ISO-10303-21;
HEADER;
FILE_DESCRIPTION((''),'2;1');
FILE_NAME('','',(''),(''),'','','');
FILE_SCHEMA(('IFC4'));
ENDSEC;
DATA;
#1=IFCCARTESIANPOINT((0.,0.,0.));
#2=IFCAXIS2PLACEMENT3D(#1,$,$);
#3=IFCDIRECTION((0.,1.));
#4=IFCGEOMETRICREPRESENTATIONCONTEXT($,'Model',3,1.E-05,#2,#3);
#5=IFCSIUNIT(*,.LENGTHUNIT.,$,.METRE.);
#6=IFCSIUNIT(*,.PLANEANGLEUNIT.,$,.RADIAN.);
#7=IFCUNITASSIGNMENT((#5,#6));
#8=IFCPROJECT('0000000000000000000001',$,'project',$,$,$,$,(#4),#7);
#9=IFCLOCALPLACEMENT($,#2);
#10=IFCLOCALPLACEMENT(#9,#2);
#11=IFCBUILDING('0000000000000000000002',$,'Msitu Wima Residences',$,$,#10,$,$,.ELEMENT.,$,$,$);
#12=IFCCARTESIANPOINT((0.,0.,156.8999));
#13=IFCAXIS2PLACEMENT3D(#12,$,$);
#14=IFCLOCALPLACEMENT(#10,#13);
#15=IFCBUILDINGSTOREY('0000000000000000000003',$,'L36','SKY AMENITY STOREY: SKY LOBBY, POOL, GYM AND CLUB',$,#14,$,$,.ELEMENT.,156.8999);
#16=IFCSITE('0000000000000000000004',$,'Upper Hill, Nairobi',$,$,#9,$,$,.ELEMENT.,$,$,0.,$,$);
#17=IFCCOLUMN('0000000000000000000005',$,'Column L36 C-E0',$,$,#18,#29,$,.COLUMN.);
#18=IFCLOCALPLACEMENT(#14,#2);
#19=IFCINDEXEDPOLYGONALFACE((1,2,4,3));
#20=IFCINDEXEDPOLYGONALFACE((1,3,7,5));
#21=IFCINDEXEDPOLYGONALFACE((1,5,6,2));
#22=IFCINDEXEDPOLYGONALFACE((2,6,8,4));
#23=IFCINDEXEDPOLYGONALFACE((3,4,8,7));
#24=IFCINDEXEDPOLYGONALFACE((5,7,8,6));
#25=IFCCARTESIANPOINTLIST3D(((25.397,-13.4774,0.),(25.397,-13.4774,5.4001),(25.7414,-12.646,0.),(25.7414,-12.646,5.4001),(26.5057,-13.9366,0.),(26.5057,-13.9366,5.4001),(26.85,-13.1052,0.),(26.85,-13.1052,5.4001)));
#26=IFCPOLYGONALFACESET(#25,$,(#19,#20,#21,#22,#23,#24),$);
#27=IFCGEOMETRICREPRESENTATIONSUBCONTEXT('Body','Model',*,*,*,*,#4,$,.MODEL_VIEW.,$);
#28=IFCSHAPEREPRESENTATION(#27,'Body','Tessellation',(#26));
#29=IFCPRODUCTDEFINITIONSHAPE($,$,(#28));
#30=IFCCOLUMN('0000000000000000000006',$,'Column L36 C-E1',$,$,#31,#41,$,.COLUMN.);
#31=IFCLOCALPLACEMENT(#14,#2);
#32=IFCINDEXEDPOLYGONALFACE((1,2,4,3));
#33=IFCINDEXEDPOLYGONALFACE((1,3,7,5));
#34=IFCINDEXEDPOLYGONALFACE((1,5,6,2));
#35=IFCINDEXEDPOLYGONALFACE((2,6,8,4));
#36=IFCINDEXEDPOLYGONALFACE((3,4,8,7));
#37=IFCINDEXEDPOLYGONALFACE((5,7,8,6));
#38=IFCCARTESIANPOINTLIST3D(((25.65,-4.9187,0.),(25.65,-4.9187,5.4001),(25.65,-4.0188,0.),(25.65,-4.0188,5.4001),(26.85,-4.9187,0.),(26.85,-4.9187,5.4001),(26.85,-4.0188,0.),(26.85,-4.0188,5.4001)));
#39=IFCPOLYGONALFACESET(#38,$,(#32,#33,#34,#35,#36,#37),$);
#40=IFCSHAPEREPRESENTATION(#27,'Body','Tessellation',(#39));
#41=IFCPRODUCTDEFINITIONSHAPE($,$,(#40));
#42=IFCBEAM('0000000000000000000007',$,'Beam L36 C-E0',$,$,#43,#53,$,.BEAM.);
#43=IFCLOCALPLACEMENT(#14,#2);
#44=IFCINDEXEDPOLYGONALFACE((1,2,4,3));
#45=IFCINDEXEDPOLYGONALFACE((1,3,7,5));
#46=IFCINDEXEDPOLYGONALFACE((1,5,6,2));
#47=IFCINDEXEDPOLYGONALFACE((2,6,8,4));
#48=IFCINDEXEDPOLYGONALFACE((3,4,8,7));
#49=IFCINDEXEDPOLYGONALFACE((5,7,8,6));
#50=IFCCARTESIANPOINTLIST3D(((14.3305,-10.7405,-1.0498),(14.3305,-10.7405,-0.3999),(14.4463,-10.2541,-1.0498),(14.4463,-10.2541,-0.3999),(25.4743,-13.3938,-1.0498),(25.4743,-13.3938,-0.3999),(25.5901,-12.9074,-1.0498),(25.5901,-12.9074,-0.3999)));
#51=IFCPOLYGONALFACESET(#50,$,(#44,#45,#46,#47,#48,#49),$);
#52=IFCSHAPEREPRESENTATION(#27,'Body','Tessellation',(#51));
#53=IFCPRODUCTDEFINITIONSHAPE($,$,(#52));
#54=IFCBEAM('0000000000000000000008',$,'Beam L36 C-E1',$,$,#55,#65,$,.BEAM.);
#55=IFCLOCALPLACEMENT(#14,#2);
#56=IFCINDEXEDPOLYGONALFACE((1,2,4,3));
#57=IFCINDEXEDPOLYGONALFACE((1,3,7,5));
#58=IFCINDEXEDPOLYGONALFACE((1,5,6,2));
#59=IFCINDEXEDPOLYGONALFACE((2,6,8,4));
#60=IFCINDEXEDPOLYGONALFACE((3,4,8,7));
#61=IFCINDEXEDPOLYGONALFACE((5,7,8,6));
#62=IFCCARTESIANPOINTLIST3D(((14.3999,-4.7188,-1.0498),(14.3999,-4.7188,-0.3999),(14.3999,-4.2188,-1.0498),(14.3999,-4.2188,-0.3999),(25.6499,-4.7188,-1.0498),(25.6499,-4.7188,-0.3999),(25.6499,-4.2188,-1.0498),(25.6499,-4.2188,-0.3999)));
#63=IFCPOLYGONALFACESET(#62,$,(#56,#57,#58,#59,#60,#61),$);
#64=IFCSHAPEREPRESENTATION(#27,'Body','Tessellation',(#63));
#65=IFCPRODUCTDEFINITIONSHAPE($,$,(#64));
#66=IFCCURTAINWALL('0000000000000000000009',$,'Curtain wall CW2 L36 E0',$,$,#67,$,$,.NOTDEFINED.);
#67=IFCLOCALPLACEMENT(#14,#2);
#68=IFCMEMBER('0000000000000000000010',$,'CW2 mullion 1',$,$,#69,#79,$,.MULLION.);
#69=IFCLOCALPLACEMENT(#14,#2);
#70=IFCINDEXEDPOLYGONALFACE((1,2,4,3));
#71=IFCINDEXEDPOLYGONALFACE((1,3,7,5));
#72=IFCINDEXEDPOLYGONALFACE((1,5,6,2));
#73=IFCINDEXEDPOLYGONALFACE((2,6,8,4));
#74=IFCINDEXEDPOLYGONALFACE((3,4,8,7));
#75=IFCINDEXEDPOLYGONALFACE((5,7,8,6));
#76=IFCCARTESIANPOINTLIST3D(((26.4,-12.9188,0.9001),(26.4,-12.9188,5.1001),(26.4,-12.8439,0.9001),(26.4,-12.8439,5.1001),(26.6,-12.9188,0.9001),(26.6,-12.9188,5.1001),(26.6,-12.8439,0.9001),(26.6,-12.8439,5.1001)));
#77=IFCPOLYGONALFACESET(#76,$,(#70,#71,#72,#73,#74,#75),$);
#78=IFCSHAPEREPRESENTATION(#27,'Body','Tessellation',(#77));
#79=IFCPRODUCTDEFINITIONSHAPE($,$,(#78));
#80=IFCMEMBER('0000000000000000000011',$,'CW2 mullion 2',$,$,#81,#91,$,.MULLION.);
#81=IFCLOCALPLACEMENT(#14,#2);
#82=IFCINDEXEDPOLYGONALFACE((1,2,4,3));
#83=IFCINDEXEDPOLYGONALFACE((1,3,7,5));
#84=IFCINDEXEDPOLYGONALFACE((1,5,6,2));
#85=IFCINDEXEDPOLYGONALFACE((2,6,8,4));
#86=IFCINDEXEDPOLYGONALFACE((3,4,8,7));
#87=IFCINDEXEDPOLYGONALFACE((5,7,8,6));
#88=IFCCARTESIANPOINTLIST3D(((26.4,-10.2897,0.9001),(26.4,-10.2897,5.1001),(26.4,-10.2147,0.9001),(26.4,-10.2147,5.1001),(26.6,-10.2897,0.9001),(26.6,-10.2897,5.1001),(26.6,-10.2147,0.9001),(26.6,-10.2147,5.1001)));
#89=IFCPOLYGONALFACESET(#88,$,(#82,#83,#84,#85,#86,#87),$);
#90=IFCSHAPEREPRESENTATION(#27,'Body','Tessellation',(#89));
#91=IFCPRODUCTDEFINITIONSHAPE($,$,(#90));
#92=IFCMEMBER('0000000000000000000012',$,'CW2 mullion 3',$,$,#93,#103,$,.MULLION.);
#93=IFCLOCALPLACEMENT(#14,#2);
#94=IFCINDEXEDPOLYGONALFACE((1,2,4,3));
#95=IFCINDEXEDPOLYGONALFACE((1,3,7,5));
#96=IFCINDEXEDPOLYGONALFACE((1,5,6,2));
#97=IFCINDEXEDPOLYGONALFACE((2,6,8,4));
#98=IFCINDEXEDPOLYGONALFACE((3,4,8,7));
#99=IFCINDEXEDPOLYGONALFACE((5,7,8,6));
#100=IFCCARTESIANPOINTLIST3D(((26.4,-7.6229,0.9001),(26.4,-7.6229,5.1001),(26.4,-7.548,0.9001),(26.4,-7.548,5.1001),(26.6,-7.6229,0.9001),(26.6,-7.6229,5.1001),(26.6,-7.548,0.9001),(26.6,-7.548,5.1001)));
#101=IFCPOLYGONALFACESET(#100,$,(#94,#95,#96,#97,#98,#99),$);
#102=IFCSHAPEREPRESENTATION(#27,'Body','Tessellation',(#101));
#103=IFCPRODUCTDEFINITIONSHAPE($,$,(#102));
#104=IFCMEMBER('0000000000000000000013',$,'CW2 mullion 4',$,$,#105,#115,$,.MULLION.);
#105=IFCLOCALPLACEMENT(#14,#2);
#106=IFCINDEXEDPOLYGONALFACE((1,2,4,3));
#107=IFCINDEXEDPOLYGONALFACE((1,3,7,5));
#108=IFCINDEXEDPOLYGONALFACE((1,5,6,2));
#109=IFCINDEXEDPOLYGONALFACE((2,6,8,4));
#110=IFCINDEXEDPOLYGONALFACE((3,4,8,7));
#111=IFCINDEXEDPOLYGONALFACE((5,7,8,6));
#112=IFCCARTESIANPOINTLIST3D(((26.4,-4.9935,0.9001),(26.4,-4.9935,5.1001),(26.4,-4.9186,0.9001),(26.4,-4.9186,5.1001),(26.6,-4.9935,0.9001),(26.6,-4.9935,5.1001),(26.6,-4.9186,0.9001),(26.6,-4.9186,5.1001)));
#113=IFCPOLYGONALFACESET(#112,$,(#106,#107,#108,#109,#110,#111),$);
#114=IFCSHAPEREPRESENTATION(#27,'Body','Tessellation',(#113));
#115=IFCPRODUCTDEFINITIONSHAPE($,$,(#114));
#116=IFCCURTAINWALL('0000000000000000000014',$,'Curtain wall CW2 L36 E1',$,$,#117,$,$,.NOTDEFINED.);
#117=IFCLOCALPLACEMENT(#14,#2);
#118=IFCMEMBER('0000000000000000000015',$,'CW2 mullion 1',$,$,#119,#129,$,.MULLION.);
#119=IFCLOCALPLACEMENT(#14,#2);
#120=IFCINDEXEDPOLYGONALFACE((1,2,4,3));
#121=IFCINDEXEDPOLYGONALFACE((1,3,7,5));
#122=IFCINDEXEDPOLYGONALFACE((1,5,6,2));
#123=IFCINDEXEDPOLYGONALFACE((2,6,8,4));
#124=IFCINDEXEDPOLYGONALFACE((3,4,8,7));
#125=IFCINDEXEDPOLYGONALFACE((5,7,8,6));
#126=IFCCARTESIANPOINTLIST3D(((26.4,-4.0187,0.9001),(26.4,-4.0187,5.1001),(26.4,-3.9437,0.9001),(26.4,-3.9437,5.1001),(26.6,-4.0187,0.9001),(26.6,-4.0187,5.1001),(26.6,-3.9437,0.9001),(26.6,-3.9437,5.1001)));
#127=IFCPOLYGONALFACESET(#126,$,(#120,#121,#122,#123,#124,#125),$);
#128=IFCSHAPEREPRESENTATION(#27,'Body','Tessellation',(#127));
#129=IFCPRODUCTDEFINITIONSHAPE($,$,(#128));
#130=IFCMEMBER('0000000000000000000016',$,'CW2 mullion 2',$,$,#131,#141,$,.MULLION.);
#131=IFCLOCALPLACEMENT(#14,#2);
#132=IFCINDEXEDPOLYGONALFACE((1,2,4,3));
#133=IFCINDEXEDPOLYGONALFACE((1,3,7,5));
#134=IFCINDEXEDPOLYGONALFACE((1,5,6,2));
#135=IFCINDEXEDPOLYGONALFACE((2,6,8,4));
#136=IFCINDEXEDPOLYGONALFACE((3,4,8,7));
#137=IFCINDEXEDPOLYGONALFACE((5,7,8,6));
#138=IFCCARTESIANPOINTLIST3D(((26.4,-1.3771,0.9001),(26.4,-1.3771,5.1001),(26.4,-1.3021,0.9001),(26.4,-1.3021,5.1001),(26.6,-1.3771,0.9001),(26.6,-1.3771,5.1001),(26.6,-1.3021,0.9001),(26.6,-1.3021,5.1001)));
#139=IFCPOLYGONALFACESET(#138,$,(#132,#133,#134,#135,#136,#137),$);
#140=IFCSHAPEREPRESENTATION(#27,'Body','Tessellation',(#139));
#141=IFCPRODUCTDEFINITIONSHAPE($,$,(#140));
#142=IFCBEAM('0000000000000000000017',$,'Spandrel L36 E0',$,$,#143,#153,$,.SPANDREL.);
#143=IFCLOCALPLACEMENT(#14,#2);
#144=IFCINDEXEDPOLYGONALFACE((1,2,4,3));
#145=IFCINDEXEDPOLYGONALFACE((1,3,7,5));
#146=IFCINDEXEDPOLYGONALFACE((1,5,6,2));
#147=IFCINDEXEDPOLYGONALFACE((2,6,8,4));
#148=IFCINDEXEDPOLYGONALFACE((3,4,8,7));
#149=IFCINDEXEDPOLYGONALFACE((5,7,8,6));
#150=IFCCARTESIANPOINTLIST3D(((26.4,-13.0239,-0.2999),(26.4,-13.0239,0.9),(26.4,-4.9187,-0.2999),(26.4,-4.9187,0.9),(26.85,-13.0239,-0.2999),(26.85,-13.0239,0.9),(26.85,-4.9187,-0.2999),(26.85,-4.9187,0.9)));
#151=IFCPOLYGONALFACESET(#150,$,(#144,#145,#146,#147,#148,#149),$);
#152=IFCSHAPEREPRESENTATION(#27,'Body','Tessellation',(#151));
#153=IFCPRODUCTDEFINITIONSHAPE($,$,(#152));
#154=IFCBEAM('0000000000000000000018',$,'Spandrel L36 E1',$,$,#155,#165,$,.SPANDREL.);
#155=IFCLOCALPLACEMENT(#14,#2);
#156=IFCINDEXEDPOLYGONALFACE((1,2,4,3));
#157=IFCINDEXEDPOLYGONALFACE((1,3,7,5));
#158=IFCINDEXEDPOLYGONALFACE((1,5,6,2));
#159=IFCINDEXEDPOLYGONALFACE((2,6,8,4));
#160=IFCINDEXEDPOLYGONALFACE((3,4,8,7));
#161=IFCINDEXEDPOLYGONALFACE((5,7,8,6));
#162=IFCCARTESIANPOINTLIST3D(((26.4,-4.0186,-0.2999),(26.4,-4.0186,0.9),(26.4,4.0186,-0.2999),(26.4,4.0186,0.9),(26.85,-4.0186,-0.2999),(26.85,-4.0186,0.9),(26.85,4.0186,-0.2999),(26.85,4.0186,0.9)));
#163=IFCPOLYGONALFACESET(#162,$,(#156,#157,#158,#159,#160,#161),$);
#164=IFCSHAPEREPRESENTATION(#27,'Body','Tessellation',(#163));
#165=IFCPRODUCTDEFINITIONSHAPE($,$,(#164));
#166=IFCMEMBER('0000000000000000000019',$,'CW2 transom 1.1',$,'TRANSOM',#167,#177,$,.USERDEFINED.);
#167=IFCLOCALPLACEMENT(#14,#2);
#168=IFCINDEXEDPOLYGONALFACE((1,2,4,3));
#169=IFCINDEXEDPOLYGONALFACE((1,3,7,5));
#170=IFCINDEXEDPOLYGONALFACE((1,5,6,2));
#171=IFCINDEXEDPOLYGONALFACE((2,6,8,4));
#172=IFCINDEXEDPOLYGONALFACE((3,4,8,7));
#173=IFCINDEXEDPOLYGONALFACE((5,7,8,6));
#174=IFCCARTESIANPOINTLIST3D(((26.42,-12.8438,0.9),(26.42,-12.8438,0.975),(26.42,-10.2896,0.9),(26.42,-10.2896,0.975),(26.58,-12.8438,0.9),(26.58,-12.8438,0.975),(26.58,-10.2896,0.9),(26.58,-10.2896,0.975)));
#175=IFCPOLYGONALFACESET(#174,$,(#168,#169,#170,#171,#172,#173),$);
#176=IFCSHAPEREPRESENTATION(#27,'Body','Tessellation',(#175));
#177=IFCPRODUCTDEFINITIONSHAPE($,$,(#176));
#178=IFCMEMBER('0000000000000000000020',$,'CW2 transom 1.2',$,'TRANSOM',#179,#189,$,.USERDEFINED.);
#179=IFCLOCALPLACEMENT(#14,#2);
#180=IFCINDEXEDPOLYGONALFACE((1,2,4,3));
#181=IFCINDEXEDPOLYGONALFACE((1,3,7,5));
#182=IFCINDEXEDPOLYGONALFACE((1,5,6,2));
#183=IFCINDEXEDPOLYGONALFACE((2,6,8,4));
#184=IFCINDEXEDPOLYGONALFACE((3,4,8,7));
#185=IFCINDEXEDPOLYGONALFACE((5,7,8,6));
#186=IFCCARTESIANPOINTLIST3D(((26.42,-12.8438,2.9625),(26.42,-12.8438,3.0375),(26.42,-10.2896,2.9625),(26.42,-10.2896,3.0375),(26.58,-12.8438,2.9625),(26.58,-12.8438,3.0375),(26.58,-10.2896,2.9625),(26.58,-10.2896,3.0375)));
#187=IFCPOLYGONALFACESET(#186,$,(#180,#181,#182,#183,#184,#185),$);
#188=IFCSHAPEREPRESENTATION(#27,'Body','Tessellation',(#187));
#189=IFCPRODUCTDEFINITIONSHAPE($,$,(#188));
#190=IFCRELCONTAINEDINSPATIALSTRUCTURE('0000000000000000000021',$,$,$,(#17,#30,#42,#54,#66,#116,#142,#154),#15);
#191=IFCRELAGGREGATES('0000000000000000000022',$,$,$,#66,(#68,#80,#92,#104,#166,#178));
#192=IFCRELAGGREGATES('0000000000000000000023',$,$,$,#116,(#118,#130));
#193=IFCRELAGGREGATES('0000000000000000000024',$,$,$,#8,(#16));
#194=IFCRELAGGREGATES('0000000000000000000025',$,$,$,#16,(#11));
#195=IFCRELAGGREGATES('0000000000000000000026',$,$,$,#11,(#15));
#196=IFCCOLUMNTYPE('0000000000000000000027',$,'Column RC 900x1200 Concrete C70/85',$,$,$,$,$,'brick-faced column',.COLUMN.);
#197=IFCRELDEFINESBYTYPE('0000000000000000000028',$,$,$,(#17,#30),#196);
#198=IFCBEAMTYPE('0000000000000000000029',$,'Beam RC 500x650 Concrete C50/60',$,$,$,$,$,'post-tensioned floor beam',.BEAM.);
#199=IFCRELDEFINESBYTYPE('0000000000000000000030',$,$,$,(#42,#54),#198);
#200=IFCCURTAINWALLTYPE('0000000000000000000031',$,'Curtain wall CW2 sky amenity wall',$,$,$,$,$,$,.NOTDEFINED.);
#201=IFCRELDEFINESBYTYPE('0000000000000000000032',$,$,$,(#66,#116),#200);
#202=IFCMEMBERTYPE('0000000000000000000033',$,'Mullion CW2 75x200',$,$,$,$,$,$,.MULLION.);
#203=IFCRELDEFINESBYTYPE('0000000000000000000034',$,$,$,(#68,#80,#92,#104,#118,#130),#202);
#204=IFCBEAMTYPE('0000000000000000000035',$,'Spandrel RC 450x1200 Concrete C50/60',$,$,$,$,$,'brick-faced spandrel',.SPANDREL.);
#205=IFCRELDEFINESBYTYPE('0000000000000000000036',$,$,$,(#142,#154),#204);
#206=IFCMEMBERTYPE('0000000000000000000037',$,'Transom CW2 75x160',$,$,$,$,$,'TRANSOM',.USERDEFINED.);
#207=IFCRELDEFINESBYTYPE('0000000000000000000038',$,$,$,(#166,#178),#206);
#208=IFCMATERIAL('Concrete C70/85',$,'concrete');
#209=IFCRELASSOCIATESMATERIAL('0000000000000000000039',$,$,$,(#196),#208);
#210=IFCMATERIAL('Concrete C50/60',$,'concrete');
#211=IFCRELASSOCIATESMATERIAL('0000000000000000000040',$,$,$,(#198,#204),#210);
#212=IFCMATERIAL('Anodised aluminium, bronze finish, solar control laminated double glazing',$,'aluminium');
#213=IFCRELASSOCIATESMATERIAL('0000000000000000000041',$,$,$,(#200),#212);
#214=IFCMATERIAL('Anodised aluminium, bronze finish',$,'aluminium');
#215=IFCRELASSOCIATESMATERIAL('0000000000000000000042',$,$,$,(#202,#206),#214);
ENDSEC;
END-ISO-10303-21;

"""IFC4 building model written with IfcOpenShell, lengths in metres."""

from ifc_helpers import new_model, si_unit, direction, frame, origin, origin_2d, place, context, subcontext, project, spatial, rectangle, extrude, material, material_profile, profile_set, type_object, element, aggregate, save


model = new_model("IFC4")

# Units and contexts
model_context = context("Model", 3, precision=1e-05, world=origin(), true_north=direction((0.0, 1.0)))
body_context = subcontext(model_context, "Body", "Model", "MODEL_VIEW")
ifc_project = project(units=[si_unit("LENGTHUNIT", "METRE"), si_unit("PLANEANGLEUNIT", "RADIAN")], contexts=[model_context])

# Site, building, storey
site_placement = place(None, origin())
site = spatial("IfcSite", under=ifc_project, at=site_placement, Name="Upper Hill, Nairobi", CompositionType="ELEMENT", RefElevation=0.0)
building_placement = place(site_placement, origin())
building = spatial("IfcBuilding", under=site, at=building_placement, Name="Msitu Wima Residences", CompositionType="ELEMENT")
storey_placement = place(building_placement, frame((0.0, 0.0, 156.8999)))
storey = spatial("IfcBuildingStorey", under=building, at=storey_placement, Name="L36", Description="SKY AMENITY STOREY: SKY LOBBY, POOL, GYM AND CLUB", CompositionType="ELEMENT", Elevation=156.8999)

# Columns
ifc_material_1 = material(Name="Concrete C70/85", Category="concrete")
ifc_material_profile_1 = material_profile(ifc_material_1, rectangle(XDim=0.8999, YDim=1.2, at=origin_2d()), Name="RC 900x1200")
ifc_profile_set_1 = profile_set([ifc_material_profile_1], Name="Concrete C70/85")
column_type = type_object("IfcColumnType", Name="Column RC 900x1200 Concrete C70/85", ElementType="brick-faced column", PredefinedType="COLUMN", material=ifc_profile_set_1)
for number, where, z_axis, x_axis, name in (
    (1, (26.1235, -13.2913, 0.0), (0.0, 0.0, 1.0), (0.382683, 0.92388, 0.0), "Column L36 C-E0"),
    (2, (26.25, -4.4688, 0.0), (0.0, 0.0, 1.0), (0.0, 1.0, 0.0), "Column L36 C-E1"),
):
    element("IfcColumn", number, at=place(storey_placement, frame(where, z_axis=z_axis, x_axis=x_axis)), inside=storey, type_object=column_type, Name=name, PredefinedType="COLUMN", context=body_context, shape_type="SweptSolid", body=[
        extrude(rectangle(XDim=0.8999, YDim=1.2, at=origin_2d()), origin(), (0.0, 0.0, 1.0), 5.4001),
    ])

# Beams
ifc_material_2 = material(Name="Concrete C50/60", Category="concrete")
ifc_material_profile_2 = material_profile(ifc_material_2, rectangle(XDim=0.5, YDim=0.6499, at=origin_2d()), Name="RC 500x650")
ifc_profile_set_2 = profile_set([ifc_material_profile_2], Name="Concrete C50/60")
beam_type_1 = type_object("IfcBeamType", Name="Beam RC 500x650 Concrete C50/60", ElementType="post-tensioned floor beam", PredefinedType="BEAM", material=ifc_profile_set_2)
beam_1_placement = place(storey_placement, frame((25.5322, -13.1506, -0.7249), z_axis=(-0.972806, 0.231623, 0.0), x_axis=(-0.231623, -0.972806, 0.0)))
element("IfcBeam", 3, at=beam_1_placement, inside=storey, type_object=beam_type_1, Name="Beam L36 C-E0", PredefinedType="BEAM", context=body_context, shape_type="SweptSolid", body=[
    extrude(rectangle(XDim=0.5, YDim=0.6499, at=origin_2d()), origin(), (0.0, 0.0, 1.0), 11.4553),
])
beam_2_placement = place(storey_placement, frame((25.6499, -4.4688, -0.7249), z_axis=(-1.0, 0.0, 0.0), x_axis=(0.0, -1.0, 0.0)))
element("IfcBeam", 4, at=beam_2_placement, inside=storey, type_object=beam_type_1, Name="Beam L36 C-E1", PredefinedType="BEAM", context=body_context, shape_type="SweptSolid", body=[
    extrude(rectangle(XDim=0.5, YDim=0.6499, at=origin_2d()), origin(), (0.0, 0.0, 1.0), 11.25),
])

# Curtain walls, members
ifc_material_3 = material(Name="Anodised aluminium, bronze finish, solar control laminated double glazing", Category="aluminium")
curtain_wall_type = type_object("IfcCurtainWallType", Name="Curtain wall CW2 sky amenity wall", PredefinedType="NOTDEFINED", material=ifc_material_3)
curtain_wall_1_placement = place(storey_placement, origin())
curtain_wall_1 = element("IfcCurtainWall", 5, at=curtain_wall_1_placement, inside=storey, type_object=curtain_wall_type, Name="Curtain wall CW2 L36 E0", PredefinedType="NOTDEFINED")
ifc_material_4 = material(Name="Anodised aluminium, bronze finish", Category="aluminium")
ifc_material_profile_3 = material_profile(ifc_material_4, rectangle(XDim=0.2, YDim=0.075, at=origin_2d()), Name="Mullion 75x200")
ifc_profile_set_3 = profile_set([ifc_material_profile_3], Name="Anodised aluminium, bronze finish")
member_type_1 = type_object("IfcMemberType", Name="Mullion CW2 75x200", PredefinedType="MULLION", material=ifc_profile_set_3)
member_1_placement = place(storey_placement, frame((26.5, -12.8813, 0.9001), z_axis=(0.0, 0.0, 1.0), x_axis=(-1.0, 0.0, 0.0)))
member_1 = element("IfcMember", 6, at=member_1_placement, type_object=member_type_1, Name="CW2 mullion 1", PredefinedType="MULLION", context=body_context, shape_type="SweptSolid", body=[
    extrude(rectangle(XDim=0.2, YDim=0.075, at=origin_2d()), origin(), (0.0, 0.0, 1.0), 4.2),
])
member_2_placement = place(storey_placement, frame((26.5, -10.2522, 0.9001), z_axis=(0.0, 0.0, 1.0), x_axis=(-1.0, 0.0, 0.0)))
member_2 = element("IfcMember", 7, at=member_2_placement, type_object=member_type_1, Name="CW2 mullion 2", PredefinedType="MULLION", context=body_context, shape_type="SweptSolid", body=[
    extrude(rectangle(XDim=0.2, YDim=0.075, at=origin_2d()), origin(), (0.0, 0.0, 1.0), 4.2),
])
member_3_placement = place(storey_placement, frame((26.5, -7.5854, 0.9001), z_axis=(0.0, 0.0, 1.0), x_axis=(-1.0, 0.0, 0.0)))
member_3 = element("IfcMember", 8, at=member_3_placement, type_object=member_type_1, Name="CW2 mullion 3", PredefinedType="MULLION", context=body_context, shape_type="SweptSolid", body=[
    extrude(rectangle(XDim=0.2, YDim=0.075, at=origin_2d()), origin(), (0.0, 0.0, 1.0), 4.2),
])
member_4_placement = place(storey_placement, frame((26.5, -4.9561, 0.9001), z_axis=(0.0, 0.0, 1.0), x_axis=(-1.0, 0.0, 0.0)))
member_4 = element("IfcMember", 9, at=member_4_placement, type_object=member_type_1, Name="CW2 mullion 4", PredefinedType="MULLION", context=body_context, shape_type="SweptSolid", body=[
    extrude(rectangle(XDim=0.2, YDim=0.075, at=origin_2d()), origin(), (0.0, 0.0, 1.0), 4.2),
])
curtain_wall_2_placement = place(storey_placement, origin())
curtain_wall_2 = element("IfcCurtainWall", 10, at=curtain_wall_2_placement, inside=storey, type_object=curtain_wall_type, Name="Curtain wall CW2 L36 E1", PredefinedType="NOTDEFINED")
member_5_placement = place(storey_placement, frame((26.5, -3.9812, 0.9001), z_axis=(0.0, 0.0, 1.0), x_axis=(-1.0, 0.0, 0.0)))
member_5 = element("IfcMember", 11, at=member_5_placement, type_object=member_type_1, Name="CW2 mullion 1", PredefinedType="MULLION", context=body_context, shape_type="SweptSolid", body=[
    extrude(rectangle(XDim=0.2, YDim=0.075, at=origin_2d()), origin(), (0.0, 0.0, 1.0), 4.2),
])
member_6_placement = place(storey_placement, frame((26.5, -1.3396, 0.9001), z_axis=(0.0, 0.0, 1.0), x_axis=(-1.0, 0.0, 0.0)))
member_6 = element("IfcMember", 12, at=member_6_placement, type_object=member_type_1, Name="CW2 mullion 2", PredefinedType="MULLION", context=body_context, shape_type="SweptSolid", body=[
    extrude(rectangle(XDim=0.2, YDim=0.075, at=origin_2d()), origin(), (0.0, 0.0, 1.0), 4.2),
])

# Beams
ifc_material_profile_4 = material_profile(ifc_material_2, rectangle(XDim=0.45, YDim=1.2, at=origin_2d()), Name="RC 450x1200")
ifc_profile_set_4 = profile_set([ifc_material_profile_4], Name="Concrete C50/60")
beam_type_2 = type_object("IfcBeamType", Name="Spandrel RC 450x1200 Concrete C50/60", ElementType="brick-faced spandrel", PredefinedType="SPANDREL", material=ifc_profile_set_4)
beam_3_placement = place(storey_placement, frame((26.625, -13.0239, 0.3), z_axis=(0.0, 1.0, 0.0), x_axis=(-1.0, 0.0, 0.0)))
element("IfcBeam", 13, at=beam_3_placement, inside=storey, type_object=beam_type_2, Name="Spandrel L36 E0", PredefinedType="SPANDREL", context=body_context, shape_type="SweptSolid", body=[
    extrude(rectangle(XDim=0.45, YDim=1.2, at=origin_2d()), origin(), (0.0, 0.0, 1.0), 8.1052),
])
beam_4_placement = place(storey_placement, frame((26.625, -4.0186, 0.3), z_axis=(0.0, 1.0, 0.0), x_axis=(-1.0, 0.0, 0.0)))
element("IfcBeam", 14, at=beam_4_placement, inside=storey, type_object=beam_type_2, Name="Spandrel L36 E1", PredefinedType="SPANDREL", context=body_context, shape_type="SweptSolid", body=[
    extrude(rectangle(XDim=0.45, YDim=1.2, at=origin_2d()), origin(), (0.0, 0.0, 1.0), 8.0371),
])

# Members
ifc_material_profile_5 = material_profile(ifc_material_4, rectangle(XDim=0.1599, YDim=0.075, at=origin_2d()), Name="Transom 75x160")
ifc_profile_set_5 = profile_set([ifc_material_profile_5], Name="Anodised aluminium, bronze finish")
member_type_2 = type_object("IfcMemberType", Name="Transom CW2 75x160", ElementType="TRANSOM", PredefinedType="USERDEFINED", material=ifc_profile_set_5)
member_7_placement = place(storey_placement, frame((26.5, -12.8438, 0.9375), z_axis=(0.0, 1.0, 0.0), x_axis=(-1.0, 0.0, 0.0)))
member_7 = element("IfcMember", 15, at=member_7_placement, type_object=member_type_2, Name="CW2 transom 1.1", ObjectType="TRANSOM", PredefinedType="USERDEFINED", context=body_context, shape_type="SweptSolid", body=[
    extrude(rectangle(XDim=0.1599, YDim=0.075, at=origin_2d()), origin(), (0.0, 0.0, 1.0), 2.5542),
])
member_8_placement = place(storey_placement, frame((26.5, -12.8438, 3.0), z_axis=(0.0, 1.0, 0.0), x_axis=(-1.0, 0.0, 0.0)))
member_8 = element("IfcMember", 16, at=member_8_placement, type_object=member_type_2, Name="CW2 transom 1.2", ObjectType="TRANSOM", PredefinedType="USERDEFINED", context=body_context, shape_type="SweptSolid", body=[
    extrude(rectangle(XDim=0.1599, YDim=0.075, at=origin_2d()), origin(), (0.0, 0.0, 1.0), 2.5542),
])

aggregate(curtain_wall_1, [member_1, member_2, member_3, member_4, member_7, member_8])
aggregate(curtain_wall_2, [member_5, member_6])

save(model, "model.ifc")
